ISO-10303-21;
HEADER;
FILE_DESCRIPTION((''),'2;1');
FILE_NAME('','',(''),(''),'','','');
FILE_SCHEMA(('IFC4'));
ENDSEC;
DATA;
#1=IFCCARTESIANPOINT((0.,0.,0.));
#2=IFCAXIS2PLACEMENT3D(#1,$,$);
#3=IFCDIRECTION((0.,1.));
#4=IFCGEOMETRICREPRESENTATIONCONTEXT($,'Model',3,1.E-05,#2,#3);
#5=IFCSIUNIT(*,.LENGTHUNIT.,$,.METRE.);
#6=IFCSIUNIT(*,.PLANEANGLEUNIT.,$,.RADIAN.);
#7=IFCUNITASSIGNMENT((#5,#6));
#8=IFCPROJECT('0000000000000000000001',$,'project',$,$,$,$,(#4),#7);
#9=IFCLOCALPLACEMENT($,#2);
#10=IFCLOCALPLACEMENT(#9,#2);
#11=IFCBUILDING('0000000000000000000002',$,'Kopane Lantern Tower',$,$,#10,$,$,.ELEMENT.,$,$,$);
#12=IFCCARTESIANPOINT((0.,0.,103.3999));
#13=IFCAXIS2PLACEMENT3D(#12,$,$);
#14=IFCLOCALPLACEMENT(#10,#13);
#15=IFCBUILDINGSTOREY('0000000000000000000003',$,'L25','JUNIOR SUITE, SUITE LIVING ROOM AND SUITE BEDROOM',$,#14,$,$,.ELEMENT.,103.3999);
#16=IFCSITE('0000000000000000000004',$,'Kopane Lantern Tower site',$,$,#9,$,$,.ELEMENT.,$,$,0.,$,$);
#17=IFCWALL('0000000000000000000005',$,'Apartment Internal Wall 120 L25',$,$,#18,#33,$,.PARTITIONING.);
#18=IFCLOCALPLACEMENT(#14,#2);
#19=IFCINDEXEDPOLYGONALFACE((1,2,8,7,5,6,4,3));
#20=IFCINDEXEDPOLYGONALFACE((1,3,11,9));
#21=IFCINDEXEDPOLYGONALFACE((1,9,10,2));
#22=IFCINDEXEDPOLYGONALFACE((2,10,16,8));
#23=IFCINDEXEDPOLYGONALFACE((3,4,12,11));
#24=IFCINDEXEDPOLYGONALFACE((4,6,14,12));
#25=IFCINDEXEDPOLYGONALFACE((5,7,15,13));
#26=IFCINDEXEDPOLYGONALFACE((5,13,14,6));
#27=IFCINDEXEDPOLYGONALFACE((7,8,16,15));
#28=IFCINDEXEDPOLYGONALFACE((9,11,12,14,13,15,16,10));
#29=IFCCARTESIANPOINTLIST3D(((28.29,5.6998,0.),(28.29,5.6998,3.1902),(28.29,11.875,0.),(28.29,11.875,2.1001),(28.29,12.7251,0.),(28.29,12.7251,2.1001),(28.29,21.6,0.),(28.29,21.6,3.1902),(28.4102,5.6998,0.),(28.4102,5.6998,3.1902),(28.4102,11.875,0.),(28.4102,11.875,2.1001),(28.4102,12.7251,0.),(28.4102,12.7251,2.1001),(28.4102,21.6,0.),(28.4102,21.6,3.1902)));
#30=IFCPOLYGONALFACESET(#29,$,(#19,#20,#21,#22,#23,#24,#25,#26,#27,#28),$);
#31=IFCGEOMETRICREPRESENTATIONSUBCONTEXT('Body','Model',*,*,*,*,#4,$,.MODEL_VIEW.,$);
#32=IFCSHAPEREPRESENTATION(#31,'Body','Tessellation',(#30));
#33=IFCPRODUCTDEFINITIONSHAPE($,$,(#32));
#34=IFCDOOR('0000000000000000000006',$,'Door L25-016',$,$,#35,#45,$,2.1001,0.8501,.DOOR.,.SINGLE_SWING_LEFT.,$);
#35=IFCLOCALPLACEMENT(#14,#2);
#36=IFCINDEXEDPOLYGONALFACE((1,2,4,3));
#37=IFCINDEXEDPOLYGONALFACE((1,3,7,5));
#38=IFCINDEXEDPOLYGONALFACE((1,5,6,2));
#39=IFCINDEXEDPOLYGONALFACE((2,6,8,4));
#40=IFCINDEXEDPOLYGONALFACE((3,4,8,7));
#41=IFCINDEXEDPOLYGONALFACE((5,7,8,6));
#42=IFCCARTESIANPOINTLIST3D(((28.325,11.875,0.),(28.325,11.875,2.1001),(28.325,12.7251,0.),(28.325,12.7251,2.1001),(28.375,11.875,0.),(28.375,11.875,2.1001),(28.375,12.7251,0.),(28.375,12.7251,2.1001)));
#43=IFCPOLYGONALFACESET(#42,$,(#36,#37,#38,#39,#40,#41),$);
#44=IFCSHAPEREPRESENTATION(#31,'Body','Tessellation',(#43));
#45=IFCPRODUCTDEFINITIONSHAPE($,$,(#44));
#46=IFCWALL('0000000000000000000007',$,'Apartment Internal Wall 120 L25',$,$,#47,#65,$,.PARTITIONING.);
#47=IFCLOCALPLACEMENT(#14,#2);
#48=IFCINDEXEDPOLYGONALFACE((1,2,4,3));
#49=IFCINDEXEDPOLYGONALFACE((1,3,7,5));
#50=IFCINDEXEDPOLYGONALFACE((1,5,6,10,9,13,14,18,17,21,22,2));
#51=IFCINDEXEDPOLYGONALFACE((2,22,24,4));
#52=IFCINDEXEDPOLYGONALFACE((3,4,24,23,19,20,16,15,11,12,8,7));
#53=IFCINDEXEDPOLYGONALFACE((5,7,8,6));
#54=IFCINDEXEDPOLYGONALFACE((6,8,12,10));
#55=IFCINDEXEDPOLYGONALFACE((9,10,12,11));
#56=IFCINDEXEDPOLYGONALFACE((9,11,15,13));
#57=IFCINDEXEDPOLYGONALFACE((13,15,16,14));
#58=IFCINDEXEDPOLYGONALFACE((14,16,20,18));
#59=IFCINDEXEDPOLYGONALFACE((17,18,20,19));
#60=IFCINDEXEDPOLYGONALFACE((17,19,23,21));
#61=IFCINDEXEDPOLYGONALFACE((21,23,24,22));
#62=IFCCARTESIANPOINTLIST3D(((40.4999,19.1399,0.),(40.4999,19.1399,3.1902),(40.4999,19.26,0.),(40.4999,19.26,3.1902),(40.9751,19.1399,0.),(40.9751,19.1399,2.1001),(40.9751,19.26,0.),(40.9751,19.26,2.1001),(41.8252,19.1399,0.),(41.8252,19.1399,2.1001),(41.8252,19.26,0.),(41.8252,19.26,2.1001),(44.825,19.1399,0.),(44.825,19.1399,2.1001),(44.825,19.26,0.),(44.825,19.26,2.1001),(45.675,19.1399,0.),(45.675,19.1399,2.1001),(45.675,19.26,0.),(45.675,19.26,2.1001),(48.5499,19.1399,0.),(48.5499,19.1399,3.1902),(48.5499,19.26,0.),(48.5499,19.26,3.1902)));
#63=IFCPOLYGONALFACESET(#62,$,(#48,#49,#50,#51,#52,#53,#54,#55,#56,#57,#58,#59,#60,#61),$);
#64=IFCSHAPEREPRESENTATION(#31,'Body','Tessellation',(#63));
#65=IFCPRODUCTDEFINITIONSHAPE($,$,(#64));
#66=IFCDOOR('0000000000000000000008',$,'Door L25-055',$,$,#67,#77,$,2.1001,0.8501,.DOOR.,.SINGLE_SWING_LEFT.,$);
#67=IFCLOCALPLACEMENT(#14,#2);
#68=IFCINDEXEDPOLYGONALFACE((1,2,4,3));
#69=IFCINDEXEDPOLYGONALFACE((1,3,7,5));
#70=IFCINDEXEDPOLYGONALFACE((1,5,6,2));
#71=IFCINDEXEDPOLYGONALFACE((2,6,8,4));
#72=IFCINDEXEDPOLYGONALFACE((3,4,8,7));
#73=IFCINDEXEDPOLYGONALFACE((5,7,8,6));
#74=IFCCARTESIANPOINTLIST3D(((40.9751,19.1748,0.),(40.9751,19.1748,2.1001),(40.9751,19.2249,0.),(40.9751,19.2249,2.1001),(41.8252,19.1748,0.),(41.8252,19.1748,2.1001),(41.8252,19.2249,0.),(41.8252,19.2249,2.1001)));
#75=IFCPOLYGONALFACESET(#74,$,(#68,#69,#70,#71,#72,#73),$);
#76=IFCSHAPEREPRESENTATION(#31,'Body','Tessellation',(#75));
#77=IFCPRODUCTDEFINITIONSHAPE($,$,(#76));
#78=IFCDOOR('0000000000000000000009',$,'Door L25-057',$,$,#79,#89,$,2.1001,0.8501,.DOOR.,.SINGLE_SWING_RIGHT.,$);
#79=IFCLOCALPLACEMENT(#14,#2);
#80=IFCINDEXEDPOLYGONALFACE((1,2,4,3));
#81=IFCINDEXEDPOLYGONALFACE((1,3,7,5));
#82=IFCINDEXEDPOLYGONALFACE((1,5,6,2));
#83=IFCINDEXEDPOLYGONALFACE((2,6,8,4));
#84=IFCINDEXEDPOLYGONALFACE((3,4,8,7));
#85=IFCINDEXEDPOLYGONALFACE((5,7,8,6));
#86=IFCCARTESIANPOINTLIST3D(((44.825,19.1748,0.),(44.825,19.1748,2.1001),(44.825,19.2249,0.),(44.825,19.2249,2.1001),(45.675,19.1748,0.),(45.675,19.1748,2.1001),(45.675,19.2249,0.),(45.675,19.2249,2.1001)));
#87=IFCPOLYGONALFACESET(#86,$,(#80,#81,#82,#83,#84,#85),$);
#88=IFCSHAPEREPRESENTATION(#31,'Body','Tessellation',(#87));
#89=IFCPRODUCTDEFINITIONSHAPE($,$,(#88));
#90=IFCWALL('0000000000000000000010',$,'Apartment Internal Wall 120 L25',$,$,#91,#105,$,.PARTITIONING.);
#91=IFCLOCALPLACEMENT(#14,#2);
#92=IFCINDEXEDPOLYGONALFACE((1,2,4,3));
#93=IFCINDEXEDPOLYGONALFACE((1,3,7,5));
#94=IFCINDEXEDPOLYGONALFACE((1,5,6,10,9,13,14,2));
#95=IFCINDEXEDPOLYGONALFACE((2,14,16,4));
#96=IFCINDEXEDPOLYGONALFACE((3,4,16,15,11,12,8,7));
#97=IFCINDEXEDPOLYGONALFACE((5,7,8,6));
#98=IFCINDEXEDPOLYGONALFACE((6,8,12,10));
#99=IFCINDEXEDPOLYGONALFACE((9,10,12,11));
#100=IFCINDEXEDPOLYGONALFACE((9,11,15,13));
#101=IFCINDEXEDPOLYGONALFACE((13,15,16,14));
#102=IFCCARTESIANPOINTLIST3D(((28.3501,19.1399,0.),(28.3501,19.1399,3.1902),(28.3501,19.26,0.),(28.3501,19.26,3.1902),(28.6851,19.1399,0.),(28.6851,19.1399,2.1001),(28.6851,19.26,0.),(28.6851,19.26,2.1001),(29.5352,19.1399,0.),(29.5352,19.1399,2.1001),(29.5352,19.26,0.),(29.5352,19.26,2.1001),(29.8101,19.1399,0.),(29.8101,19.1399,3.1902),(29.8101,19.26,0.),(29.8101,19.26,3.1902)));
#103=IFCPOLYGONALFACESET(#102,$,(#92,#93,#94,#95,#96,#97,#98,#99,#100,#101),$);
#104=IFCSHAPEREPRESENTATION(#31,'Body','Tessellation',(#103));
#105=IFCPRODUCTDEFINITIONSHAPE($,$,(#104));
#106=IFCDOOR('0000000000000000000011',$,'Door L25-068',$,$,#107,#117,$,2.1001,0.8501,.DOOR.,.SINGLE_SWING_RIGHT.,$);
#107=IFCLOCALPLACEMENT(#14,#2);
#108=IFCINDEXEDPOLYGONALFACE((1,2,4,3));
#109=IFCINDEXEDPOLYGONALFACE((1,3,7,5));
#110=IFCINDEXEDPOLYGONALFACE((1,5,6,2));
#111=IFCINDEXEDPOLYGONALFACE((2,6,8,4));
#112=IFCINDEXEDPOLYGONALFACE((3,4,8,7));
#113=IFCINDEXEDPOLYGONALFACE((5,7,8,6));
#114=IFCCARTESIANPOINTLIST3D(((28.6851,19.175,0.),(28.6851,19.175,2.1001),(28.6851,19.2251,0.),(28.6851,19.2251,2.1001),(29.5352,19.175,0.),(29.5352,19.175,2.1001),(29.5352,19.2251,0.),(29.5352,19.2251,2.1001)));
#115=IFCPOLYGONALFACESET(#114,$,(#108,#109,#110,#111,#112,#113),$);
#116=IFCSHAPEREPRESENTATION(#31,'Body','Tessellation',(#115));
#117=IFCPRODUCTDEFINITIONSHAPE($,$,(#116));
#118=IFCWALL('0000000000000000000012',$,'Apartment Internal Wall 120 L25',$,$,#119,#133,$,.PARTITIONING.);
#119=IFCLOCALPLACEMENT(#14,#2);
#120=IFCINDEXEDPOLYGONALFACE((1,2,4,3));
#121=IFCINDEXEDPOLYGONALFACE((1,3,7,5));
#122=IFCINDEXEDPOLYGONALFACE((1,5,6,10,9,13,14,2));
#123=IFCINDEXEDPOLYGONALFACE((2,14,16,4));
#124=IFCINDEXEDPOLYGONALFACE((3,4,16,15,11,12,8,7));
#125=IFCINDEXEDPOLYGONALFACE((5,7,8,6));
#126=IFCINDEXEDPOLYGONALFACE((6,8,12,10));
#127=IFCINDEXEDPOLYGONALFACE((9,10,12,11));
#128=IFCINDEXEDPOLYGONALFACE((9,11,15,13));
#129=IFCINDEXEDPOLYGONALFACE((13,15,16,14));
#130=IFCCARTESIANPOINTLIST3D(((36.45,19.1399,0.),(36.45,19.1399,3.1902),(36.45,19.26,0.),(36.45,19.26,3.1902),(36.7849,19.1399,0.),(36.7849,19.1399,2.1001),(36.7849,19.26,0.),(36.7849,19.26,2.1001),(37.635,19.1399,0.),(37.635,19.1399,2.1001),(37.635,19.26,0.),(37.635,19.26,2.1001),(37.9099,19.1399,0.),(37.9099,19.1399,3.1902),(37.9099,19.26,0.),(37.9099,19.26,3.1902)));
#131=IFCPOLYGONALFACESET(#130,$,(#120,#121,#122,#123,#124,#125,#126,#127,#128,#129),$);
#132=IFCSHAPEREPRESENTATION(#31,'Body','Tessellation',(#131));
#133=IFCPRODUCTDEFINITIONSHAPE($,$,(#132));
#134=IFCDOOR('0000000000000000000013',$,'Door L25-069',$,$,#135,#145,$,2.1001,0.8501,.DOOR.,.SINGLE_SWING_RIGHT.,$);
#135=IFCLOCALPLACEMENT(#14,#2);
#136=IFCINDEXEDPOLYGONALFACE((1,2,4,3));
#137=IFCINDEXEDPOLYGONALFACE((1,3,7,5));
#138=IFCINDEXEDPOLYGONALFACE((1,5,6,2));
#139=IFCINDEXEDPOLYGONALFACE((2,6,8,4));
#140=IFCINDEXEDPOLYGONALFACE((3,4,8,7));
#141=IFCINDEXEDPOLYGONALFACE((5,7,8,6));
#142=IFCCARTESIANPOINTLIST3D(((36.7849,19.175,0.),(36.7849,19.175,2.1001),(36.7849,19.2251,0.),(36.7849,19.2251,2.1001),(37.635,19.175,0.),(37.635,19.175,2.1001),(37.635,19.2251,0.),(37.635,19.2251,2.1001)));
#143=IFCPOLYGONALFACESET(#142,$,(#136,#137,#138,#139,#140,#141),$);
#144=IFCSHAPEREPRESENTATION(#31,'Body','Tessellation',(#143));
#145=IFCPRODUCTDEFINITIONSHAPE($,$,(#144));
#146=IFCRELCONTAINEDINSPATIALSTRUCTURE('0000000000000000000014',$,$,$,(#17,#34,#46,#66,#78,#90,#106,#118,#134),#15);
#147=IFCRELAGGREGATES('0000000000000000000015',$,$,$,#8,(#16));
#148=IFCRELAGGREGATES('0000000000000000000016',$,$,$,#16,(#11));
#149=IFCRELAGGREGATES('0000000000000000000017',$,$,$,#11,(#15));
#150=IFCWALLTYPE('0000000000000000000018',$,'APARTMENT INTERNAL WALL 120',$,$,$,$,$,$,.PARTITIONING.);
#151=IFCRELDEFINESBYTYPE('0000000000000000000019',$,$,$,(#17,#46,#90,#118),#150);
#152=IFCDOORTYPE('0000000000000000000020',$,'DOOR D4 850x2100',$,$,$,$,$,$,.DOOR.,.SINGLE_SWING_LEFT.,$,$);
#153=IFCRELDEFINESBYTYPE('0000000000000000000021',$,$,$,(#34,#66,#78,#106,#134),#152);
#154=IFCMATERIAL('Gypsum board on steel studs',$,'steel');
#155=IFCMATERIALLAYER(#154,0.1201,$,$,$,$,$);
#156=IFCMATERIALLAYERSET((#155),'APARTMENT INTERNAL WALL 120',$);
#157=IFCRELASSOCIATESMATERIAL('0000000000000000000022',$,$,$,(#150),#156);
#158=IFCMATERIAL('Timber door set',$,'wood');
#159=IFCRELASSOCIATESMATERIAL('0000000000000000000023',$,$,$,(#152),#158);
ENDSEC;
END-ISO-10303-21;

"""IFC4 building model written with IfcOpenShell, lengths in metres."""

from ifc_helpers import new_model, si_unit, direction, frame, frame_2d, origin, place, context, subcontext, project, spatial, rectangle, extrude, material, layer, layer_set, type_object, element, fill, save


model = new_model("IFC4")

# Units and contexts
model_context = context("Model", 3, precision=1e-05, world=origin(), true_north=direction((0.0, 1.0)))
body_context = subcontext(model_context, "Body", "Model", "MODEL_VIEW")
ifc_project = project(units=[si_unit("LENGTHUNIT", "METRE"), si_unit("PLANEANGLEUNIT", "RADIAN")], contexts=[model_context])

# Site, building, storey
site_placement = place(None, origin())
site = spatial("IfcSite", under=ifc_project, at=site_placement, Name="Kopane Lantern Tower site", CompositionType="ELEMENT", RefElevation=0.0)
building_placement = place(site_placement, origin())
building = spatial("IfcBuilding", under=site, at=building_placement, Name="Kopane Lantern Tower", CompositionType="ELEMENT")
storey_placement = place(building_placement, frame((0.0, 0.0, 103.3999)))
storey = spatial("IfcBuildingStorey", under=building, at=storey_placement, Name="L25", Description="JUNIOR SUITE, SUITE LIVING ROOM AND SUITE BEDROOM", CompositionType="ELEMENT", Elevation=103.3999)

# Wall, opening, door
ifc_material_1 = material(Name="Gypsum board on steel studs", Category="steel")
ifc_layer_1 = layer(ifc_material_1, 0.1201)
ifc_layer_set_1 = layer_set([ifc_layer_1], Name="APARTMENT INTERNAL WALL 120")
wall_type_1 = type_object("IfcWallType", Name="APARTMENT INTERNAL WALL 120", PredefinedType="PARTITIONING", material=ifc_layer_set_1)
wall_1_placement = place(storey_placement, frame((28.3501, 21.6001, 0.0), z_axis=(0.0, 0.0, 1.0), x_axis=(0.0, -1.0, 0.0)))
wall_1 = element("IfcWall", 1, at=wall_1_placement, inside=storey, type_object=wall_type_1, Name="Apartment Internal Wall 120 L25", PredefinedType="PARTITIONING", context=body_context, shape_type="SweptSolid", body=[
    extrude(rectangle(XDim=15.9001, YDim=0.1201, at=frame_2d((7.9502, 0.0))), origin(), (0.0, 0.0, 1.0), 3.1902),
])
opening_1_placement = place(wall_1_placement, frame((8.875, 0.0, 0.0)))
opening_1 = element("IfcOpeningElement", 2, at=opening_1_placement, cuts=wall_1, PredefinedType="OPENING", context=body_context, shape_type="SweptSolid", body=[
    extrude(rectangle(XDim=0.8501, YDim=2.1001, at=frame_2d((0.425, 1.05))), frame((0.0, 0.0701, 0.0), z_axis=(0.0, -1.0, 0.0), x_axis=(1.0, 0.0, 0.0)), (0.0, 0.0, 1.0), 0.1401),
])
ifc_material_2 = material(Name="Timber door set", Category="wood")
door_type_1 = type_object("IfcDoorType", Name="DOOR D4 850x2100", OperationType="SINGLE_SWING_LEFT", PredefinedType="DOOR", material=ifc_material_2)
door_1_placement = place(opening_1_placement, origin())
door_1 = element("IfcDoor", 3, at=door_1_placement, inside=storey, type_object=door_type_1, Name="Door L25-016", OperationType="SINGLE_SWING_LEFT", OverallHeight=2.1001, OverallWidth=0.8501, PredefinedType="DOOR", context=body_context, shape_type="SweptSolid", body=[
    extrude(rectangle(XDim=0.8501, YDim=2.1001, at=frame_2d((0.425, 1.05))), frame((0.0, 0.0249, 0.0), z_axis=(0.0, -1.0, 0.0), x_axis=(1.0, 0.0, 0.0)), (0.0, 0.0, 1.0), 0.05),
])
fill(opening_1, door_1)

# Wall, openings, doors
wall_2_placement = place(storey_placement, frame((40.5, 19.2, 0.0), z_axis=(0.0, 0.0, 1.0), x_axis=(1.0, 0.0, 0.0)))
wall_2 = element("IfcWall", 4, at=wall_2_placement, inside=storey, type_object=wall_type_1, Name="Apartment Internal Wall 120 L25", PredefinedType="PARTITIONING", context=body_context, shape_type="SweptSolid", body=[
    extrude(rectangle(XDim=8.05, YDim=0.1201, at=frame_2d((4.0249, 0.0))), origin(), (0.0, 0.0, 1.0), 3.1902),
])
opening_2_placement = place(wall_2_placement, frame((0.4751, 0.0, 0.0)))
opening_2 = element("IfcOpeningElement", 5, at=opening_2_placement, cuts=wall_2, PredefinedType="OPENING", context=body_context, shape_type="SweptSolid", body=[
    extrude(rectangle(XDim=0.8501, YDim=2.1001, at=frame_2d((0.425, 1.05))), frame((0.0, 0.0701, 0.0), z_axis=(0.0, -1.0, 0.0), x_axis=(1.0, 0.0, 0.0)), (0.0, 0.0, 1.0), 0.1401),
])
opening_3_placement = place(wall_2_placement, frame((4.325, 0.0, 0.0)))
opening_3 = element("IfcOpeningElement", 6, at=opening_3_placement, cuts=wall_2, PredefinedType="OPENING", context=body_context, shape_type="SweptSolid", body=[
    extrude(rectangle(XDim=0.8501, YDim=2.1001, at=frame_2d((0.425, 1.05))), frame((0.0, 0.0701, 0.0), z_axis=(0.0, -1.0, 0.0), x_axis=(1.0, 0.0, 0.0)), (0.0, 0.0, 1.0), 0.1401),
])
door_2_placement = place(opening_2_placement, origin())
door_2 = element("IfcDoor", 7, at=door_2_placement, inside=storey, type_object=door_type_1, Name="Door L25-055", OperationType="SINGLE_SWING_LEFT", OverallHeight=2.1001, OverallWidth=0.8501, PredefinedType="DOOR", context=body_context, shape_type="SweptSolid", body=[
    extrude(rectangle(XDim=0.8501, YDim=2.1001, at=frame_2d((0.425, 1.05))), frame((0.0, 0.0249, 0.0), z_axis=(0.0, -1.0, 0.0), x_axis=(1.0, 0.0, 0.0)), (0.0, 0.0, 1.0), 0.05),
])
fill(opening_2, door_2)
door_3_placement = place(opening_3_placement, origin())
door_3 = element("IfcDoor", 8, at=door_3_placement, inside=storey, type_object=door_type_1, Name="Door L25-057", OperationType="SINGLE_SWING_RIGHT", OverallHeight=2.1001, OverallWidth=0.8501, PredefinedType="DOOR", context=body_context, shape_type="SweptSolid", body=[
    extrude(rectangle(XDim=0.8501, YDim=2.1001, at=frame_2d((0.425, 1.05))), frame((0.0, 0.0249, 0.0), z_axis=(0.0, -1.0, 0.0), x_axis=(1.0, 0.0, 0.0)), (0.0, 0.0, 1.0), 0.05),
])
fill(opening_3, door_3)

# Walls, openings, doors
wall_3_placement = place(storey_placement, frame((29.8101, 19.2, 0.0), z_axis=(0.0, 0.0, 1.0), x_axis=(-1.0, 0.0, 0.0)))
wall_3 = element("IfcWall", 9, at=wall_3_placement, inside=storey, type_object=wall_type_1, Name="Apartment Internal Wall 120 L25", PredefinedType="PARTITIONING", context=body_context, shape_type="SweptSolid", body=[
    extrude(rectangle(XDim=1.46, YDim=0.1201, at=frame_2d((0.73, 0.0))), origin(), (0.0, 0.0, 1.0), 3.1902),
])
opening_4_placement = place(wall_3_placement, frame((0.2749, 0.0, 0.0)))
opening_4 = element("IfcOpeningElement", 10, at=opening_4_placement, cuts=wall_3, PredefinedType="OPENING", context=body_context, shape_type="SweptSolid", body=[
    extrude(rectangle(XDim=0.8501, YDim=2.1001, at=frame_2d((0.425, 1.05))), frame((0.0, 0.0701, 0.0), z_axis=(0.0, -1.0, 0.0), x_axis=(1.0, 0.0, 0.0)), (0.0, 0.0, 1.0), 0.1401),
])
door_4_placement = place(opening_4_placement, origin())
door_4 = element("IfcDoor", 11, at=door_4_placement, inside=storey, type_object=door_type_1, Name="Door L25-068", OperationType="SINGLE_SWING_RIGHT", OverallHeight=2.1001, OverallWidth=0.8501, PredefinedType="DOOR", context=body_context, shape_type="SweptSolid", body=[
    extrude(rectangle(XDim=0.8501, YDim=2.1001, at=frame_2d((0.425, 1.05))), frame((0.0, 0.0249, 0.0), z_axis=(0.0, -1.0, 0.0), x_axis=(1.0, 0.0, 0.0)), (0.0, 0.0, 1.0), 0.05),
])
fill(opening_4, door_4)
wall_4_placement = place(storey_placement, frame((37.9099, 19.2, 0.0), z_axis=(0.0, 0.0, 1.0), x_axis=(-1.0, 0.0, 0.0)))
wall_4 = element("IfcWall", 12, at=wall_4_placement, inside=storey, type_object=wall_type_1, Name="Apartment Internal Wall 120 L25", PredefinedType="PARTITIONING", context=body_context, shape_type="SweptSolid", body=[
    extrude(rectangle(XDim=1.46, YDim=0.1201, at=frame_2d((0.73, 0.0))), origin(), (0.0, 0.0, 1.0), 3.1902),
])
opening_5_placement = place(wall_4_placement, frame((0.2749, 0.0, 0.0)))
opening_5 = element("IfcOpeningElement", 13, at=opening_5_placement, cuts=wall_4, PredefinedType="OPENING", context=body_context, shape_type="SweptSolid", body=[
    extrude(rectangle(XDim=0.8501, YDim=2.1001, at=frame_2d((0.425, 1.05))), frame((0.0, 0.0701, 0.0), z_axis=(0.0, -1.0, 0.0), x_axis=(1.0, 0.0, 0.0)), (0.0, 0.0, 1.0), 0.1401),
])
door_5_placement = place(opening_5_placement, origin())
door_5 = element("IfcDoor", 14, at=door_5_placement, inside=storey, type_object=door_type_1, Name="Door L25-069", OperationType="SINGLE_SWING_RIGHT", OverallHeight=2.1001, OverallWidth=0.8501, PredefinedType="DOOR", context=body_context, shape_type="SweptSolid", body=[
    extrude(rectangle(XDim=0.8501, YDim=2.1001, at=frame_2d((0.425, 1.05))), frame((0.0, 0.0249, 0.0), z_axis=(0.0, -1.0, 0.0), x_axis=(1.0, 0.0, 0.0)), (0.0, 0.0, 1.0), 0.05),
])
fill(opening_5, door_5)

save(model, "model.ifc")
